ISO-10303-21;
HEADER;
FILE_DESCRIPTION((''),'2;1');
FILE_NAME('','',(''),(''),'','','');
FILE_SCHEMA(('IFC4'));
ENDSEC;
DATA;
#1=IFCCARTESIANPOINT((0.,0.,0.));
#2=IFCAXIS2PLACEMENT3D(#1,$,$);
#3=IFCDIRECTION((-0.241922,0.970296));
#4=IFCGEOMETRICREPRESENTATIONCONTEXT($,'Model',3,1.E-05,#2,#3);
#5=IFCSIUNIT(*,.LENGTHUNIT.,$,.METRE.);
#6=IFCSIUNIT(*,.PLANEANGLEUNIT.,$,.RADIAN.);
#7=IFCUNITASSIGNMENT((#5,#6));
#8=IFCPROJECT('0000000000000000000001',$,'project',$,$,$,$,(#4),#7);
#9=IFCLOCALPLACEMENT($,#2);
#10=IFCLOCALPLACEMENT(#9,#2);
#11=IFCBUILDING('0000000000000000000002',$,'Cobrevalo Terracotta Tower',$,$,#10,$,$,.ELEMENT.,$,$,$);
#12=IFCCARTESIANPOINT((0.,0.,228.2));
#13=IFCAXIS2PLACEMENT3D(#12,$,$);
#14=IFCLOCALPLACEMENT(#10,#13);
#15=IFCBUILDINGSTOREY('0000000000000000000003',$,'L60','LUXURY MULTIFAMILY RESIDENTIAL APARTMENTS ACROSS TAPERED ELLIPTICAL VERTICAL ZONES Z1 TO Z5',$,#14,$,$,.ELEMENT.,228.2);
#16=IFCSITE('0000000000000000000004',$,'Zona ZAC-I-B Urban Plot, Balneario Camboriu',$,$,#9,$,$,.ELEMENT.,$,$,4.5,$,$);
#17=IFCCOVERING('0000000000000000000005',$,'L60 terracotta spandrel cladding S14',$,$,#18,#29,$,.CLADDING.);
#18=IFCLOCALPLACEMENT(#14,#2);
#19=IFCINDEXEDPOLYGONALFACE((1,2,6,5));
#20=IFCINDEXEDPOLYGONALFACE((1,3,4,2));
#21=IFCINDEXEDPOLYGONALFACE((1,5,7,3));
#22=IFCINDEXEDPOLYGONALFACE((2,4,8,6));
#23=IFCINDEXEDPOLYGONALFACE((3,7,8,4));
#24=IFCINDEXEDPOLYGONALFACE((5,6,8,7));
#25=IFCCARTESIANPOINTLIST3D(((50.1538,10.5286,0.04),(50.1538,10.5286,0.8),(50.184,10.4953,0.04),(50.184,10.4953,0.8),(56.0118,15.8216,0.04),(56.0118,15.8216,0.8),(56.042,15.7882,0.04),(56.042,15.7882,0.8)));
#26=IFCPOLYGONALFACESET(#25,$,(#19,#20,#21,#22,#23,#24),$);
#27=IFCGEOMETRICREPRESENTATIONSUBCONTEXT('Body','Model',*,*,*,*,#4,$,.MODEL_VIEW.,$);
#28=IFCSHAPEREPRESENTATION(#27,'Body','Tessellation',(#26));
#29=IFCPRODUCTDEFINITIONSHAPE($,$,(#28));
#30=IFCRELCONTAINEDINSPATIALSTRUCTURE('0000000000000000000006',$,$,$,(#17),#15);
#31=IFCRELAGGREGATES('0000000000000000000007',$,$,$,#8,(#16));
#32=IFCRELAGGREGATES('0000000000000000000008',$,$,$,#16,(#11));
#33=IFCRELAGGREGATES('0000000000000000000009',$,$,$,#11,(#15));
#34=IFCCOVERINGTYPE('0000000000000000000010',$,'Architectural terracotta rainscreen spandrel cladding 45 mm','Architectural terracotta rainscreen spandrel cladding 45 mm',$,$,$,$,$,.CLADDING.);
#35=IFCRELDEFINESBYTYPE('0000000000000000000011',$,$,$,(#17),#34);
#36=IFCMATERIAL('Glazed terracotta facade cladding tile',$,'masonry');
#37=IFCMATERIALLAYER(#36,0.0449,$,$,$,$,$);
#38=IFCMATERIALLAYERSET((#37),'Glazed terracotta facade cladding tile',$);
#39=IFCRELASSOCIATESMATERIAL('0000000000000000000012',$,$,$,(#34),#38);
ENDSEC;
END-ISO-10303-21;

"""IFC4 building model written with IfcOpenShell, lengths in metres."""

from ifc_helpers import new_model, si_unit, direction, frame, origin, origin_2d, place, context, subcontext, project, spatial, rectangle, extrude, source, transform, mapped, material, layer, layer_set, type_object, element, save


model = new_model("IFC4")

# Units and contexts
model_context = context("Model", 3, precision=1e-05, world=origin(), true_north=direction((-0.241922, 0.970296)))
body_context = subcontext(model_context, "Body", "Model", "MODEL_VIEW")
ifc_project = project(units=[si_unit("LENGTHUNIT", "METRE"), si_unit("PLANEANGLEUNIT", "RADIAN")], contexts=[model_context])

# Site, building, storey
site_placement = place(None, origin())
site = spatial("IfcSite", under=ifc_project, at=site_placement, Name="Zona ZAC-I-B Urban Plot, Balneario Camboriu", CompositionType="ELEMENT", RefElevation=4.5)
building_placement = place(site_placement, origin())
building = spatial("IfcBuilding", under=site, at=building_placement, Name="Cobrevalo Terracotta Tower", CompositionType="ELEMENT")
storey_placement = place(building_placement, frame((0.0, 0.0, 228.2)))
storey = spatial("IfcBuildingStorey", under=building, at=storey_placement, Name="L60", Description="LUXURY MULTIFAMILY RESIDENTIAL APARTMENTS ACROSS TAPERED ELLIPTICAL VERTICAL ZONES Z1 TO Z5", CompositionType="ELEMENT", Elevation=228.2)

# Covering
ifc_material_1 = material(Name="Glazed terracotta facade cladding tile", Category="masonry")
ifc_layer_1 = layer(ifc_material_1, 0.0449)
ifc_layer_set_1 = layer_set([ifc_layer_1], Name="Glazed terracotta facade cladding tile")
covering_type = type_object("IfcCoveringType", Name="Architectural terracotta rainscreen spandrel cladding 45 mm", Description="Architectural terracotta rainscreen spandrel cladding 45 mm", PredefinedType="CLADDING", material=ifc_layer_set_1)
shared_shape_1 = source(origin(), body_context, "Body", "SweptSolid", [
    extrude(rectangle(XDim=7.895, YDim=0.0449, at=origin_2d()), origin(), (0.0, 0.0, 1.0), 0.76),
])
covering_placement = place(storey_placement, frame((53.0979, 13.1584, 0.04), z_axis=(0.0, 0.0, 1.0), x_axis=(0.741988, 0.670414, 0.0)))
element("IfcCovering", 1, at=covering_placement, inside=storey, type_object=covering_type, Name="L60 terracotta spandrel cladding S14", PredefinedType="CLADDING", context=body_context, shape_type="MappedRepresentation", body=[
    mapped(shared_shape_1, transform((0.0, 0.0, 0.0), scale=1.0)),
])

save(model, "model.ifc")
